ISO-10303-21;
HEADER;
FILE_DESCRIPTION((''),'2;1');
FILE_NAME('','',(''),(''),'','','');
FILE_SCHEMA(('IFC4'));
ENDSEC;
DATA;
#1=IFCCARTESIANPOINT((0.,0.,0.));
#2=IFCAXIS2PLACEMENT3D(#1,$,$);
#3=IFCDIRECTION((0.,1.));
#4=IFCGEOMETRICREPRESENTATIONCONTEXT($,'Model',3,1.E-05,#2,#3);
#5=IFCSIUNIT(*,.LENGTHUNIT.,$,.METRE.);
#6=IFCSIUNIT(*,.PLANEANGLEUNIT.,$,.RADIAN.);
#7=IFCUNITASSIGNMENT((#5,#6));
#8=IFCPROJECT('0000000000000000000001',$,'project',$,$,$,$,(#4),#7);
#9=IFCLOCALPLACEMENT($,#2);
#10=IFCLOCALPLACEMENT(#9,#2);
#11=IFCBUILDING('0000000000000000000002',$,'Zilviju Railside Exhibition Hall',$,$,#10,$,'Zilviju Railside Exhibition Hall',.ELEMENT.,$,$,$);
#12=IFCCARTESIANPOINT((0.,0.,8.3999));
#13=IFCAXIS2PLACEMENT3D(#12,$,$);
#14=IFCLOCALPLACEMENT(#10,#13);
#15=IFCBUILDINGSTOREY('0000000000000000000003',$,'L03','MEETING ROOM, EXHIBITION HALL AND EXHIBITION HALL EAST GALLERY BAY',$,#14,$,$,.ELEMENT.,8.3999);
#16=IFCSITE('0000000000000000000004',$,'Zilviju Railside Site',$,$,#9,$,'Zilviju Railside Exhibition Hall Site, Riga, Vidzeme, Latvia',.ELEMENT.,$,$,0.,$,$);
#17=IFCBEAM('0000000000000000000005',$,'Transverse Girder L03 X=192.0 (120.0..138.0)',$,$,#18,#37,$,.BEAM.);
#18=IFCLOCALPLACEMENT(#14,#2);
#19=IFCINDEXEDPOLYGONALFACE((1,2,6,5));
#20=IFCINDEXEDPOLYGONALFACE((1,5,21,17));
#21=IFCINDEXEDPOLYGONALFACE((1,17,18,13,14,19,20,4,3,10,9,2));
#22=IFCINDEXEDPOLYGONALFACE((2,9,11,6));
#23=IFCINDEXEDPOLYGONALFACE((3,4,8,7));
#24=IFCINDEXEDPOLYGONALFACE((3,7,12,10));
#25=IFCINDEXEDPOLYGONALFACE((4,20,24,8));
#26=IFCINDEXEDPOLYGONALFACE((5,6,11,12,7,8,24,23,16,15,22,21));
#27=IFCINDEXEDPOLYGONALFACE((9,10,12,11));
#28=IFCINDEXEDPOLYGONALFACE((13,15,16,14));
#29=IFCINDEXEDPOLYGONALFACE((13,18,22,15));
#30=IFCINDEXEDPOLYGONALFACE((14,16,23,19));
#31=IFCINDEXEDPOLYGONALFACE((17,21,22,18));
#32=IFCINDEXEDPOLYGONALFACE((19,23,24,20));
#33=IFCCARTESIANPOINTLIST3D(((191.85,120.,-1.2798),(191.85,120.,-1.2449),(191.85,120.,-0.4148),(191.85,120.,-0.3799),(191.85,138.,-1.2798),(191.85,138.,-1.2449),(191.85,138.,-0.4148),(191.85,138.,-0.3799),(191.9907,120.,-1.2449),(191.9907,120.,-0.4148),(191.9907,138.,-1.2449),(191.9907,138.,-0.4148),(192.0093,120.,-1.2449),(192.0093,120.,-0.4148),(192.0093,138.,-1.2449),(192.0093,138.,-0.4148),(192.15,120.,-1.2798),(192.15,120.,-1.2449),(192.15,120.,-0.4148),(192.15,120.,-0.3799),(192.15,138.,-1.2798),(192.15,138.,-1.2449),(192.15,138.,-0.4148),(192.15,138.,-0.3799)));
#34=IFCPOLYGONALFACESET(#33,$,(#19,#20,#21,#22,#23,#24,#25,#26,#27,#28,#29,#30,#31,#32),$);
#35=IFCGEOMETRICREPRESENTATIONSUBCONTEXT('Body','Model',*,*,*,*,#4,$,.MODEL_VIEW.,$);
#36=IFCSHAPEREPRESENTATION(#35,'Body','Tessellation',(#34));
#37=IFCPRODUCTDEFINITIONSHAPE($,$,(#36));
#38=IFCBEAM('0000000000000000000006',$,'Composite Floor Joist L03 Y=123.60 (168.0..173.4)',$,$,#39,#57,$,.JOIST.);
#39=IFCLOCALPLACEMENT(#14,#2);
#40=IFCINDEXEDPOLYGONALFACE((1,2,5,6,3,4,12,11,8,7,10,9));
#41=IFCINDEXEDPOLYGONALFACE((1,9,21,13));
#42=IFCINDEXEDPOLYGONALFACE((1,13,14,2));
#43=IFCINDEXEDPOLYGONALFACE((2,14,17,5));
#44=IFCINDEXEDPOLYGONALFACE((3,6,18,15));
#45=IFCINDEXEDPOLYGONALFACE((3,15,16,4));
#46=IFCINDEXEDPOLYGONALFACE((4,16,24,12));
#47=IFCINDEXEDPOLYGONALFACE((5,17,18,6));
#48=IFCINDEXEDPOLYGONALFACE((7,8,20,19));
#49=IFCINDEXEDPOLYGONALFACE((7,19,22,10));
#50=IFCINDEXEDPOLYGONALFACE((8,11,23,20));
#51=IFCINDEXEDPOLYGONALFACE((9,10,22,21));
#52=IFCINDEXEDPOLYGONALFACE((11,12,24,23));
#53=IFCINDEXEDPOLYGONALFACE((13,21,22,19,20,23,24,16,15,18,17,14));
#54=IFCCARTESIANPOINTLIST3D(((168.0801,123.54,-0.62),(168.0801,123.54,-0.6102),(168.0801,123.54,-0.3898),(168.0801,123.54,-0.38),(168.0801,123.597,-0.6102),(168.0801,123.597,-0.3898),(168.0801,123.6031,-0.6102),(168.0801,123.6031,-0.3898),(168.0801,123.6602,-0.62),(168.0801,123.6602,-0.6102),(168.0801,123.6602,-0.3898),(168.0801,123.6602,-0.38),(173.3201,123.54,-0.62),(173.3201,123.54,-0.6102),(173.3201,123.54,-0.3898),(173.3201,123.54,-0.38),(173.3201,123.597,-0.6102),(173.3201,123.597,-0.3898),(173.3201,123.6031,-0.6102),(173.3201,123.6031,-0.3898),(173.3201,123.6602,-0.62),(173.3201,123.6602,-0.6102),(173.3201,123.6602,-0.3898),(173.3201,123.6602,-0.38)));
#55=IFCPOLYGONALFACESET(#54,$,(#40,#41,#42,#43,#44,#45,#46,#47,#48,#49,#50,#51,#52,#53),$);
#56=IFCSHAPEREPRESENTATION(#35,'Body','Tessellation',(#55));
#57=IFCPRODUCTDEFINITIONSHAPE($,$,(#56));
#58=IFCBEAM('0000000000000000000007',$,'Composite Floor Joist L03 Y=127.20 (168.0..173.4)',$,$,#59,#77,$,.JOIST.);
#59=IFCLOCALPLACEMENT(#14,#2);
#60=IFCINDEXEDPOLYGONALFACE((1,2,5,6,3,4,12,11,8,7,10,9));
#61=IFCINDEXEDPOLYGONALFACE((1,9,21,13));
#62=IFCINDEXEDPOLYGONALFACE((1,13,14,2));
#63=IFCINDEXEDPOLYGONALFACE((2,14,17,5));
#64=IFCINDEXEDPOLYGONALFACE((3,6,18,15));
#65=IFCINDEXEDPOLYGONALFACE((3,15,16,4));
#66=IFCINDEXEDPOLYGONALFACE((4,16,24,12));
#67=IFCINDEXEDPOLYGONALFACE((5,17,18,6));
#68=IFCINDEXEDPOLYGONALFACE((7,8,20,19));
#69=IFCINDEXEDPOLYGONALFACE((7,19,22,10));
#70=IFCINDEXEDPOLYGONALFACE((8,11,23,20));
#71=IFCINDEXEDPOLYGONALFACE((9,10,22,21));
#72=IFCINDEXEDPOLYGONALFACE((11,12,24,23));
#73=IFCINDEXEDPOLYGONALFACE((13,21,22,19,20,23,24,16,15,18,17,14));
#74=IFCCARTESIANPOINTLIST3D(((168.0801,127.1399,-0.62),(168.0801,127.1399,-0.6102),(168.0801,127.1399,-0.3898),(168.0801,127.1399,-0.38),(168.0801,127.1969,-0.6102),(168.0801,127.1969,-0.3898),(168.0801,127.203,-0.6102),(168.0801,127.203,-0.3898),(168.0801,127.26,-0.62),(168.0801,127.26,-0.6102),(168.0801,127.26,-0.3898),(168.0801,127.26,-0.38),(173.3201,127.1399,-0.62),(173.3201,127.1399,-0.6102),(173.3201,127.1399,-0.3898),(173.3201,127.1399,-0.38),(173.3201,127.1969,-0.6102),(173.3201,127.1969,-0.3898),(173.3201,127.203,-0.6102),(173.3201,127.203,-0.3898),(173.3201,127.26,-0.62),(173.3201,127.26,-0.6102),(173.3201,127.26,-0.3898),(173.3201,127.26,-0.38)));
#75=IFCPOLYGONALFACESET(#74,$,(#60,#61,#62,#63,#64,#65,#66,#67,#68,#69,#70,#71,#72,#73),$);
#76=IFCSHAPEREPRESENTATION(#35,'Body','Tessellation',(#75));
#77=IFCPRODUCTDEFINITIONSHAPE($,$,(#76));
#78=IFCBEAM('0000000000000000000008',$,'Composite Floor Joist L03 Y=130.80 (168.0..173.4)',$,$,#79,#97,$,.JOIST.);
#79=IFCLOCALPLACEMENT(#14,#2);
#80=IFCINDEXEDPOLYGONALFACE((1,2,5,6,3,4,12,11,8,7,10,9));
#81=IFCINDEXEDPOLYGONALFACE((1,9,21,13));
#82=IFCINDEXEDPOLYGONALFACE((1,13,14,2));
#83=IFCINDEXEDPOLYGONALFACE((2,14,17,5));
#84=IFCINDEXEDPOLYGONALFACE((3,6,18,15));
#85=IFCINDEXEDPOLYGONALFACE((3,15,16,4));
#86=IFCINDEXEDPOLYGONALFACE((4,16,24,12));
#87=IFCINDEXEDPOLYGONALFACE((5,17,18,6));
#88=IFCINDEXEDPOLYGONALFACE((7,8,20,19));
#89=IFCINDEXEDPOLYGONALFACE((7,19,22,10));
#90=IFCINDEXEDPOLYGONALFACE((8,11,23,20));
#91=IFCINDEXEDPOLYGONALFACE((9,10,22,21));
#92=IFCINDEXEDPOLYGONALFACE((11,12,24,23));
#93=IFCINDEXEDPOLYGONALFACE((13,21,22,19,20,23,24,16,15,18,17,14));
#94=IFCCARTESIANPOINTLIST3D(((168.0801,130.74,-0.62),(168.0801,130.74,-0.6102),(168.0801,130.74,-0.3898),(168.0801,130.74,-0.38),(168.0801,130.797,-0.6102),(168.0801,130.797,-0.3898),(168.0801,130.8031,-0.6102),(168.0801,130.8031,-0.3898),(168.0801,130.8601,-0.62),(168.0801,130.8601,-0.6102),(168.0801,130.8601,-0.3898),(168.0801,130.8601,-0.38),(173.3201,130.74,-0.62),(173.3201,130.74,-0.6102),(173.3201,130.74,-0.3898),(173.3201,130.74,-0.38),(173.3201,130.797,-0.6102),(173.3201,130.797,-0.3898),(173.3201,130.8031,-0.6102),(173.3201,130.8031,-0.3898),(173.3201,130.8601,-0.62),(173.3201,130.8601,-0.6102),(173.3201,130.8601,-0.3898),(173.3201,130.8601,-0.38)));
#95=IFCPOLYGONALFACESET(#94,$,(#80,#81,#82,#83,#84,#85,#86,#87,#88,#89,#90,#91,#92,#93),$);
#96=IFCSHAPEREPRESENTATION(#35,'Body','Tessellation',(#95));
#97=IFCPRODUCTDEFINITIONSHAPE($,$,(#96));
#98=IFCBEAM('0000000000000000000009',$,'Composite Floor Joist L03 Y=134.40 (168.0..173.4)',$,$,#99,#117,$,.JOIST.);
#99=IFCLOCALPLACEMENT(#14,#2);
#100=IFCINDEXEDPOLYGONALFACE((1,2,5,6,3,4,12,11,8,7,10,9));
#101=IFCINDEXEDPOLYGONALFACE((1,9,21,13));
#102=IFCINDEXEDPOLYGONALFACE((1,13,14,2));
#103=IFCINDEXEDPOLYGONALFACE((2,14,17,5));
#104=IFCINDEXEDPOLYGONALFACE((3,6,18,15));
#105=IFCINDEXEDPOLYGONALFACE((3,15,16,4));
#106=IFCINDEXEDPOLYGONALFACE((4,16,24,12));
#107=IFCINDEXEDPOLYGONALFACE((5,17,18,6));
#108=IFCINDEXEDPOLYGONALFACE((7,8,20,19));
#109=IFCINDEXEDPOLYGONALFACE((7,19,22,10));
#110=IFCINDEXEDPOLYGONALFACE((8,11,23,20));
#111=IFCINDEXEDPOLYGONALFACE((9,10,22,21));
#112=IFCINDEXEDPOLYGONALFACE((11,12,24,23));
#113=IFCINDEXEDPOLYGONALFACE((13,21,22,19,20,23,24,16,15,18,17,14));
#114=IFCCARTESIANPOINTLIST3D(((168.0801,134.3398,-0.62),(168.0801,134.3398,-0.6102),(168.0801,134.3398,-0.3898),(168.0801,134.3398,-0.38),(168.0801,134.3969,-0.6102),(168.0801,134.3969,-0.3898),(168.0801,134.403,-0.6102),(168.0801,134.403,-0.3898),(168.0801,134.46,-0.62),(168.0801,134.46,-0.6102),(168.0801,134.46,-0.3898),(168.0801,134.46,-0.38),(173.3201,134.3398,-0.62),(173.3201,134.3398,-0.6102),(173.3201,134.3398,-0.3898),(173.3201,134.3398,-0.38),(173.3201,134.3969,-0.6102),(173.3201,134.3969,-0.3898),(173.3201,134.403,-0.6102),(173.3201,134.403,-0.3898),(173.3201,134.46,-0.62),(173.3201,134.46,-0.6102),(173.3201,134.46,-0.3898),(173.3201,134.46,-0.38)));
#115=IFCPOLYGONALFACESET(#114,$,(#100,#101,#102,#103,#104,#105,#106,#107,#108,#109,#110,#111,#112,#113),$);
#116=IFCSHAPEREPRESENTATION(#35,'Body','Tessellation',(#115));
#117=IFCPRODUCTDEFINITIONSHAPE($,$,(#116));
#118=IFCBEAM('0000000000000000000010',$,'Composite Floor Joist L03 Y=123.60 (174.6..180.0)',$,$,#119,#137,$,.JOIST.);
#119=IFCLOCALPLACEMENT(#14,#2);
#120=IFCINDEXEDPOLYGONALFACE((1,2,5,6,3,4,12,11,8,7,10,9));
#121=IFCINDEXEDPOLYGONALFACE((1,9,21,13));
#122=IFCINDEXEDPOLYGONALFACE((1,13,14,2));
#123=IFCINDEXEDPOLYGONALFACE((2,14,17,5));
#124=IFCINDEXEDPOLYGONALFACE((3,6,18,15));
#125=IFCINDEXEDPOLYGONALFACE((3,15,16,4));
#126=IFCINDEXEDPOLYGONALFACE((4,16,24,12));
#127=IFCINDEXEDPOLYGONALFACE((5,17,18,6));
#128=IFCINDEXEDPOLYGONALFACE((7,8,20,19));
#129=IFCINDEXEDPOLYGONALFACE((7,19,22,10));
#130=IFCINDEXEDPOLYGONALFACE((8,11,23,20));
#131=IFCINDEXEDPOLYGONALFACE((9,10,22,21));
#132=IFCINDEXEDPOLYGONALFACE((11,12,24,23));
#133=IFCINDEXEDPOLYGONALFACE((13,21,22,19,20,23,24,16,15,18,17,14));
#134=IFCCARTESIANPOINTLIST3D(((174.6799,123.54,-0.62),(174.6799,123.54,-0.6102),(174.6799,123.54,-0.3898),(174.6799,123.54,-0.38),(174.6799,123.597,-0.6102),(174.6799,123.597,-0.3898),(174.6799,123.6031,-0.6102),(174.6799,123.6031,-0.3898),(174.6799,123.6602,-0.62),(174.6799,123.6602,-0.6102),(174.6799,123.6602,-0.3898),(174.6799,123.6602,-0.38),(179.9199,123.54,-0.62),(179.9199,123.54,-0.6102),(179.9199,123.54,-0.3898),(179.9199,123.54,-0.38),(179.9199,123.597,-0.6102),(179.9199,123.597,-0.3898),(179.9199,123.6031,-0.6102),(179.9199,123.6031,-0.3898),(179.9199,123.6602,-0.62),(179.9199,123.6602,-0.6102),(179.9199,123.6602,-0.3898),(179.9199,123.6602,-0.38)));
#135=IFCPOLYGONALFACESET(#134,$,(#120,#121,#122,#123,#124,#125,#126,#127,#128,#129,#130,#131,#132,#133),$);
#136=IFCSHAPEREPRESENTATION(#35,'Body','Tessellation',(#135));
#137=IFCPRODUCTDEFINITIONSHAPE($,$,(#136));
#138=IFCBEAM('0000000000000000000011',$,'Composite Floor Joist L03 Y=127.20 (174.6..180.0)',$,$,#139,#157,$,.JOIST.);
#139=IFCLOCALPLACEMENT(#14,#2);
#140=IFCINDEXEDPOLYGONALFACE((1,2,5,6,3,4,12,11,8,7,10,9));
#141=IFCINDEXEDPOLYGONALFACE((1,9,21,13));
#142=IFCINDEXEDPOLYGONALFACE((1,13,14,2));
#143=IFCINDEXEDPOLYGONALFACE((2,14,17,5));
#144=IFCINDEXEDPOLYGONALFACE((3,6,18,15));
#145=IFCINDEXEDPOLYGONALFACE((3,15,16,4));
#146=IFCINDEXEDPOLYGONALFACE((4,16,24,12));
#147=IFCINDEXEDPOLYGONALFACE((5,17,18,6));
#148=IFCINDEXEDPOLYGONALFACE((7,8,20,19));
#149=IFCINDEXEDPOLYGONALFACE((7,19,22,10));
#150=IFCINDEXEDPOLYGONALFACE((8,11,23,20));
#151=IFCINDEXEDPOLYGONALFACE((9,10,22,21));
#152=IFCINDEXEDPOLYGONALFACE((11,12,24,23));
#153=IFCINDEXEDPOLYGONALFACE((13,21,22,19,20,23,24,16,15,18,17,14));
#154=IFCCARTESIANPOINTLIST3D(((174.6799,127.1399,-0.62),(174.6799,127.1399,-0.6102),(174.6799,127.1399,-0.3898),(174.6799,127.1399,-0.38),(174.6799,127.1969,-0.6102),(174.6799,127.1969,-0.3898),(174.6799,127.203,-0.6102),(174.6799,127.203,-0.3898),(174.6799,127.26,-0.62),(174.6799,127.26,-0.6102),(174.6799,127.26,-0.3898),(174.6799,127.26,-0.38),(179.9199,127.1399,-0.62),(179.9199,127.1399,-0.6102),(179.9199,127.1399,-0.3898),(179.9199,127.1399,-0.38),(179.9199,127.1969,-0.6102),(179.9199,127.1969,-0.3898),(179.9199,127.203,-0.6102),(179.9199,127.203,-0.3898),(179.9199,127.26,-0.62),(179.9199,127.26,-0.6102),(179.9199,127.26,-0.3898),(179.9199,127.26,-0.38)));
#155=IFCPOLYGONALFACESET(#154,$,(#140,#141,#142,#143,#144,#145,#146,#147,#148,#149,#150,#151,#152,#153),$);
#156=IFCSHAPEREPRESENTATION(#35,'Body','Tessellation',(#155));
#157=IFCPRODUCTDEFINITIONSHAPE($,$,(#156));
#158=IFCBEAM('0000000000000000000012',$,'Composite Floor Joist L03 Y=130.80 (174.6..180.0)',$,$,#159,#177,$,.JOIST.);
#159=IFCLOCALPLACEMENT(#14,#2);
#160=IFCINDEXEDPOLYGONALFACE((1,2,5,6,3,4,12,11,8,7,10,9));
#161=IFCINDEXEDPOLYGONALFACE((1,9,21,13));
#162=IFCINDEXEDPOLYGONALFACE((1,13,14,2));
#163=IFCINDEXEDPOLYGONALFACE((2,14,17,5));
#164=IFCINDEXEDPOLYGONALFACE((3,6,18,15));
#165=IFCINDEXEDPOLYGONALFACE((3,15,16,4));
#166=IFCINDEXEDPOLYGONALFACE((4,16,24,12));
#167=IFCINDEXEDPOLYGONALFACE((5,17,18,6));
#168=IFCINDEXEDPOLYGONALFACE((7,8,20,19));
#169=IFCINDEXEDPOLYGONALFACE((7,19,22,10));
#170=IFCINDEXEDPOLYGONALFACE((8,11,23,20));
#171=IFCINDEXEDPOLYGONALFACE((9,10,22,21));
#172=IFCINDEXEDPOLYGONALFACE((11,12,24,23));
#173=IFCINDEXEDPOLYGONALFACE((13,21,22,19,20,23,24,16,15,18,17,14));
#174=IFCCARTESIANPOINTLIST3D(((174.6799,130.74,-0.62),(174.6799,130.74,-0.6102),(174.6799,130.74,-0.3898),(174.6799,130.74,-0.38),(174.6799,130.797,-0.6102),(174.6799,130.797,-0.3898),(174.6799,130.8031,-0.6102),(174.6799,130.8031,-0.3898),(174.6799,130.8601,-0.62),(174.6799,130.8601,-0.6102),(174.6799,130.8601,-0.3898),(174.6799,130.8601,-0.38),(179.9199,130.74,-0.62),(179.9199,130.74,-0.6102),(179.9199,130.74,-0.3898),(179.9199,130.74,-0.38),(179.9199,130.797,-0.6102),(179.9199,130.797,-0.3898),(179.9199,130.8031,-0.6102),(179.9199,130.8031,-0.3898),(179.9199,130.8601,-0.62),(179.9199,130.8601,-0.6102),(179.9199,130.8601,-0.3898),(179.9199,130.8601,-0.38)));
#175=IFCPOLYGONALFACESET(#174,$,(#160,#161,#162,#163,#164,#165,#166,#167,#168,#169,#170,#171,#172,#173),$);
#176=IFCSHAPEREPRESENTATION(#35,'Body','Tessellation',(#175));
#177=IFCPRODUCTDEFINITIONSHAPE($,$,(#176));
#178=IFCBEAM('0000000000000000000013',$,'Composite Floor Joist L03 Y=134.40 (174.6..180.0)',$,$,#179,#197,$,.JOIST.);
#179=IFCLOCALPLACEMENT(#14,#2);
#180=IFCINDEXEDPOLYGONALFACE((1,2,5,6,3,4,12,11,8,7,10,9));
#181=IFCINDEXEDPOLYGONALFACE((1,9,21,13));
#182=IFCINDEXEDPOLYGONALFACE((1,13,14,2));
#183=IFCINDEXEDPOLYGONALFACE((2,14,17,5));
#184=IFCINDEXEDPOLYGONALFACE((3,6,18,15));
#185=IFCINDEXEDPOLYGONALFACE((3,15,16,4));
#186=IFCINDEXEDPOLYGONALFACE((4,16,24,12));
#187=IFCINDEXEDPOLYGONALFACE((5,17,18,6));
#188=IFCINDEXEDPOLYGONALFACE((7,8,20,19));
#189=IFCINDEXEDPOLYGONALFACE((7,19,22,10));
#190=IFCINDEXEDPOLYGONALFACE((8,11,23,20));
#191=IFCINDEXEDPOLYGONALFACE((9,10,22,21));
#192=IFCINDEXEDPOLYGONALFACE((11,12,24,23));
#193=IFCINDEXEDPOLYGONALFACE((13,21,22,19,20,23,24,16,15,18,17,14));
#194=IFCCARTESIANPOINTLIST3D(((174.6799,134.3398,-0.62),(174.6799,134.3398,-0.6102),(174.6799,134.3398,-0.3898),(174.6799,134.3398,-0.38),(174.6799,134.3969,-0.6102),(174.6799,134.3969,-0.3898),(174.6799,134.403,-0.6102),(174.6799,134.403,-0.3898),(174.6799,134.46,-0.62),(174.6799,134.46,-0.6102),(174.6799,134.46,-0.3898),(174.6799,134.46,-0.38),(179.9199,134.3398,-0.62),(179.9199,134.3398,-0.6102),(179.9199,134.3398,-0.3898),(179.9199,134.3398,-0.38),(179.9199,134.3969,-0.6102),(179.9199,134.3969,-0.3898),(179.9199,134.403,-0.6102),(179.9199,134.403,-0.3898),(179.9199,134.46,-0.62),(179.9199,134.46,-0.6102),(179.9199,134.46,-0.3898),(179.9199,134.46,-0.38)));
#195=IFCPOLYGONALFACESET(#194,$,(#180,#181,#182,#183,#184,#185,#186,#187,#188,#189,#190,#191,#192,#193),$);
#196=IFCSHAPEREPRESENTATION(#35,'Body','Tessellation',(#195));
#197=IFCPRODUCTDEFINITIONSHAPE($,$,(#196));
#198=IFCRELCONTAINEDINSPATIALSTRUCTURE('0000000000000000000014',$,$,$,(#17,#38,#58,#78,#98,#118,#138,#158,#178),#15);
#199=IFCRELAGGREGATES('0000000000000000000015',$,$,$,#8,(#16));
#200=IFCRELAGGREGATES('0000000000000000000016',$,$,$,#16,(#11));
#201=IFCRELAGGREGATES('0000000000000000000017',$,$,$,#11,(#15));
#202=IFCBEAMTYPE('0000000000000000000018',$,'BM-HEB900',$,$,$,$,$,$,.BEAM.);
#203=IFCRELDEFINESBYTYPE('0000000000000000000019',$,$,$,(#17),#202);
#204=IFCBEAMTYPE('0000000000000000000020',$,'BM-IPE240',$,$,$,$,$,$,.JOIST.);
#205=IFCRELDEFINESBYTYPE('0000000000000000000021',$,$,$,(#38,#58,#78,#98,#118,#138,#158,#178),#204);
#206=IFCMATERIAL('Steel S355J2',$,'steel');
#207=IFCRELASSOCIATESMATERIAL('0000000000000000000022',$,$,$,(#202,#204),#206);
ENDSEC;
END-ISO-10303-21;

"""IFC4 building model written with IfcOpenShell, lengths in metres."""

from ifc_helpers import new_model, si_unit, direction, frame, origin, origin_2d, place, context, subcontext, project, spatial, i_section, extrude, material, material_profile, profile_set, type_object, element, save


model = new_model("IFC4")

# Units and contexts
model_context = context("Model", 3, precision=1e-05, world=origin(), true_north=direction((0.0, 1.0)))
body_context = subcontext(model_context, "Body", "Model", "MODEL_VIEW")
ifc_project = project(units=[si_unit("LENGTHUNIT", "METRE"), si_unit("PLANEANGLEUNIT", "RADIAN")], contexts=[model_context])

# Site, building, storey
site_placement = place(None, origin())
site = spatial("IfcSite", under=ifc_project, at=site_placement, Name="Zilviju Railside Site", LongName="Zilviju Railside Exhibition Hall Site, Riga, Vidzeme, Latvia", CompositionType="ELEMENT", RefElevation=0.0)
building_placement = place(site_placement, origin())
building = spatial("IfcBuilding", under=site, at=building_placement, Name="Zilviju Railside Exhibition Hall", LongName="Zilviju Railside Exhibition Hall", CompositionType="ELEMENT")
storey_placement = place(building_placement, frame((0.0, 0.0, 8.3999)))
storey = spatial("IfcBuildingStorey", under=building, at=storey_placement, Name="L03", Description="MEETING ROOM, EXHIBITION HALL AND EXHIBITION HALL EAST GALLERY BAY", CompositionType="ELEMENT", Elevation=8.3999)

# Shared definitions
ifc_material = material(Name="Steel S355J2", Category="steel")

# Beams
ifc_material_profile_1 = material_profile(ifc_material, i_section(OverallWidth=0.3, OverallDepth=0.8999, WebThickness=0.0186, FlangeThickness=0.0349, at=origin_2d()), Name="HEB 900")
ifc_profile_set_1 = profile_set([ifc_material_profile_1], Name="Steel S355J2")
beam_type_1 = type_object("IfcBeamType", Name="BM-HEB900", PredefinedType="BEAM", material=ifc_profile_set_1)
for number, where, z_axis, x_axis, name in (
    (1, (192.0, 120.0, -0.8298), (0.0, 1.0, 0.0), (-1.0, 0.0, 0.0), "Transverse Girder L03 X=192.0 (120.0..138.0)"),
):
    element("IfcBeam", number, at=place(storey_placement, frame(where, z_axis=z_axis, x_axis=x_axis)), inside=storey, type_object=beam_type_1, Name=name, PredefinedType="BEAM", context=body_context, shape_type="SweptSolid", body=[
        extrude(i_section(OverallWidth=0.3, OverallDepth=0.8999, WebThickness=0.0186, FlangeThickness=0.0349, at=origin_2d()), origin(), (0.0, 0.0, 1.0), 18.0),
    ])
ifc_material_profile_2 = material_profile(ifc_material, i_section(OverallWidth=0.1201, OverallDepth=0.24, WebThickness=0.0061, FlangeThickness=0.0098, at=origin_2d()), Name="IPE 240")
ifc_profile_set_2 = profile_set([ifc_material_profile_2], Name="Steel S355J2")
beam_type_2 = type_object("IfcBeamType", Name="BM-IPE240", PredefinedType="JOIST", material=ifc_profile_set_2)
for number, where, z_axis, x_axis, name in (
    (2, (168.0801, 123.6001, -0.5), (1.0, 0.0, 0.0), (0.0, 1.0, 0.0), "Composite Floor Joist L03 Y=123.60 (168.0..173.4)"),
    (3, (168.0801, 127.2, -0.5), (1.0, 0.0, 0.0), (0.0, 1.0, 0.0), "Composite Floor Joist L03 Y=127.20 (168.0..173.4)"),
    (4, (168.0801, 130.8, -0.5), (1.0, 0.0, 0.0), (0.0, 1.0, 0.0), "Composite Floor Joist L03 Y=130.80 (168.0..173.4)"),
    (5, (168.0801, 134.3999, -0.5), (1.0, 0.0, 0.0), (0.0, 1.0, 0.0), "Composite Floor Joist L03 Y=134.40 (168.0..173.4)"),
    (6, (174.6799, 123.6001, -0.5), (1.0, 0.0, 0.0), (0.0, 1.0, 0.0), "Composite Floor Joist L03 Y=123.60 (174.6..180.0)"),
    (7, (174.6799, 127.2, -0.5), (1.0, 0.0, 0.0), (0.0, 1.0, 0.0), "Composite Floor Joist L03 Y=127.20 (174.6..180.0)"),
    (8, (174.6799, 130.8, -0.5), (1.0, 0.0, 0.0), (0.0, 1.0, 0.0), "Composite Floor Joist L03 Y=130.80 (174.6..180.0)"),
    (9, (174.6799, 134.3999, -0.5), (1.0, 0.0, 0.0), (0.0, 1.0, 0.0), "Composite Floor Joist L03 Y=134.40 (174.6..180.0)"),
):
    element("IfcBeam", number, at=place(storey_placement, frame(where, z_axis=z_axis, x_axis=x_axis)), inside=storey, type_object=beam_type_2, Name=name, PredefinedType="JOIST", context=body_context, shape_type="SweptSolid", body=[
        extrude(i_section(OverallWidth=0.1201, OverallDepth=0.24, WebThickness=0.0061, FlangeThickness=0.0098, at=origin_2d()), origin(), (0.0, 0.0, 1.0), 5.24),
    ])

save(model, "model.ifc")
